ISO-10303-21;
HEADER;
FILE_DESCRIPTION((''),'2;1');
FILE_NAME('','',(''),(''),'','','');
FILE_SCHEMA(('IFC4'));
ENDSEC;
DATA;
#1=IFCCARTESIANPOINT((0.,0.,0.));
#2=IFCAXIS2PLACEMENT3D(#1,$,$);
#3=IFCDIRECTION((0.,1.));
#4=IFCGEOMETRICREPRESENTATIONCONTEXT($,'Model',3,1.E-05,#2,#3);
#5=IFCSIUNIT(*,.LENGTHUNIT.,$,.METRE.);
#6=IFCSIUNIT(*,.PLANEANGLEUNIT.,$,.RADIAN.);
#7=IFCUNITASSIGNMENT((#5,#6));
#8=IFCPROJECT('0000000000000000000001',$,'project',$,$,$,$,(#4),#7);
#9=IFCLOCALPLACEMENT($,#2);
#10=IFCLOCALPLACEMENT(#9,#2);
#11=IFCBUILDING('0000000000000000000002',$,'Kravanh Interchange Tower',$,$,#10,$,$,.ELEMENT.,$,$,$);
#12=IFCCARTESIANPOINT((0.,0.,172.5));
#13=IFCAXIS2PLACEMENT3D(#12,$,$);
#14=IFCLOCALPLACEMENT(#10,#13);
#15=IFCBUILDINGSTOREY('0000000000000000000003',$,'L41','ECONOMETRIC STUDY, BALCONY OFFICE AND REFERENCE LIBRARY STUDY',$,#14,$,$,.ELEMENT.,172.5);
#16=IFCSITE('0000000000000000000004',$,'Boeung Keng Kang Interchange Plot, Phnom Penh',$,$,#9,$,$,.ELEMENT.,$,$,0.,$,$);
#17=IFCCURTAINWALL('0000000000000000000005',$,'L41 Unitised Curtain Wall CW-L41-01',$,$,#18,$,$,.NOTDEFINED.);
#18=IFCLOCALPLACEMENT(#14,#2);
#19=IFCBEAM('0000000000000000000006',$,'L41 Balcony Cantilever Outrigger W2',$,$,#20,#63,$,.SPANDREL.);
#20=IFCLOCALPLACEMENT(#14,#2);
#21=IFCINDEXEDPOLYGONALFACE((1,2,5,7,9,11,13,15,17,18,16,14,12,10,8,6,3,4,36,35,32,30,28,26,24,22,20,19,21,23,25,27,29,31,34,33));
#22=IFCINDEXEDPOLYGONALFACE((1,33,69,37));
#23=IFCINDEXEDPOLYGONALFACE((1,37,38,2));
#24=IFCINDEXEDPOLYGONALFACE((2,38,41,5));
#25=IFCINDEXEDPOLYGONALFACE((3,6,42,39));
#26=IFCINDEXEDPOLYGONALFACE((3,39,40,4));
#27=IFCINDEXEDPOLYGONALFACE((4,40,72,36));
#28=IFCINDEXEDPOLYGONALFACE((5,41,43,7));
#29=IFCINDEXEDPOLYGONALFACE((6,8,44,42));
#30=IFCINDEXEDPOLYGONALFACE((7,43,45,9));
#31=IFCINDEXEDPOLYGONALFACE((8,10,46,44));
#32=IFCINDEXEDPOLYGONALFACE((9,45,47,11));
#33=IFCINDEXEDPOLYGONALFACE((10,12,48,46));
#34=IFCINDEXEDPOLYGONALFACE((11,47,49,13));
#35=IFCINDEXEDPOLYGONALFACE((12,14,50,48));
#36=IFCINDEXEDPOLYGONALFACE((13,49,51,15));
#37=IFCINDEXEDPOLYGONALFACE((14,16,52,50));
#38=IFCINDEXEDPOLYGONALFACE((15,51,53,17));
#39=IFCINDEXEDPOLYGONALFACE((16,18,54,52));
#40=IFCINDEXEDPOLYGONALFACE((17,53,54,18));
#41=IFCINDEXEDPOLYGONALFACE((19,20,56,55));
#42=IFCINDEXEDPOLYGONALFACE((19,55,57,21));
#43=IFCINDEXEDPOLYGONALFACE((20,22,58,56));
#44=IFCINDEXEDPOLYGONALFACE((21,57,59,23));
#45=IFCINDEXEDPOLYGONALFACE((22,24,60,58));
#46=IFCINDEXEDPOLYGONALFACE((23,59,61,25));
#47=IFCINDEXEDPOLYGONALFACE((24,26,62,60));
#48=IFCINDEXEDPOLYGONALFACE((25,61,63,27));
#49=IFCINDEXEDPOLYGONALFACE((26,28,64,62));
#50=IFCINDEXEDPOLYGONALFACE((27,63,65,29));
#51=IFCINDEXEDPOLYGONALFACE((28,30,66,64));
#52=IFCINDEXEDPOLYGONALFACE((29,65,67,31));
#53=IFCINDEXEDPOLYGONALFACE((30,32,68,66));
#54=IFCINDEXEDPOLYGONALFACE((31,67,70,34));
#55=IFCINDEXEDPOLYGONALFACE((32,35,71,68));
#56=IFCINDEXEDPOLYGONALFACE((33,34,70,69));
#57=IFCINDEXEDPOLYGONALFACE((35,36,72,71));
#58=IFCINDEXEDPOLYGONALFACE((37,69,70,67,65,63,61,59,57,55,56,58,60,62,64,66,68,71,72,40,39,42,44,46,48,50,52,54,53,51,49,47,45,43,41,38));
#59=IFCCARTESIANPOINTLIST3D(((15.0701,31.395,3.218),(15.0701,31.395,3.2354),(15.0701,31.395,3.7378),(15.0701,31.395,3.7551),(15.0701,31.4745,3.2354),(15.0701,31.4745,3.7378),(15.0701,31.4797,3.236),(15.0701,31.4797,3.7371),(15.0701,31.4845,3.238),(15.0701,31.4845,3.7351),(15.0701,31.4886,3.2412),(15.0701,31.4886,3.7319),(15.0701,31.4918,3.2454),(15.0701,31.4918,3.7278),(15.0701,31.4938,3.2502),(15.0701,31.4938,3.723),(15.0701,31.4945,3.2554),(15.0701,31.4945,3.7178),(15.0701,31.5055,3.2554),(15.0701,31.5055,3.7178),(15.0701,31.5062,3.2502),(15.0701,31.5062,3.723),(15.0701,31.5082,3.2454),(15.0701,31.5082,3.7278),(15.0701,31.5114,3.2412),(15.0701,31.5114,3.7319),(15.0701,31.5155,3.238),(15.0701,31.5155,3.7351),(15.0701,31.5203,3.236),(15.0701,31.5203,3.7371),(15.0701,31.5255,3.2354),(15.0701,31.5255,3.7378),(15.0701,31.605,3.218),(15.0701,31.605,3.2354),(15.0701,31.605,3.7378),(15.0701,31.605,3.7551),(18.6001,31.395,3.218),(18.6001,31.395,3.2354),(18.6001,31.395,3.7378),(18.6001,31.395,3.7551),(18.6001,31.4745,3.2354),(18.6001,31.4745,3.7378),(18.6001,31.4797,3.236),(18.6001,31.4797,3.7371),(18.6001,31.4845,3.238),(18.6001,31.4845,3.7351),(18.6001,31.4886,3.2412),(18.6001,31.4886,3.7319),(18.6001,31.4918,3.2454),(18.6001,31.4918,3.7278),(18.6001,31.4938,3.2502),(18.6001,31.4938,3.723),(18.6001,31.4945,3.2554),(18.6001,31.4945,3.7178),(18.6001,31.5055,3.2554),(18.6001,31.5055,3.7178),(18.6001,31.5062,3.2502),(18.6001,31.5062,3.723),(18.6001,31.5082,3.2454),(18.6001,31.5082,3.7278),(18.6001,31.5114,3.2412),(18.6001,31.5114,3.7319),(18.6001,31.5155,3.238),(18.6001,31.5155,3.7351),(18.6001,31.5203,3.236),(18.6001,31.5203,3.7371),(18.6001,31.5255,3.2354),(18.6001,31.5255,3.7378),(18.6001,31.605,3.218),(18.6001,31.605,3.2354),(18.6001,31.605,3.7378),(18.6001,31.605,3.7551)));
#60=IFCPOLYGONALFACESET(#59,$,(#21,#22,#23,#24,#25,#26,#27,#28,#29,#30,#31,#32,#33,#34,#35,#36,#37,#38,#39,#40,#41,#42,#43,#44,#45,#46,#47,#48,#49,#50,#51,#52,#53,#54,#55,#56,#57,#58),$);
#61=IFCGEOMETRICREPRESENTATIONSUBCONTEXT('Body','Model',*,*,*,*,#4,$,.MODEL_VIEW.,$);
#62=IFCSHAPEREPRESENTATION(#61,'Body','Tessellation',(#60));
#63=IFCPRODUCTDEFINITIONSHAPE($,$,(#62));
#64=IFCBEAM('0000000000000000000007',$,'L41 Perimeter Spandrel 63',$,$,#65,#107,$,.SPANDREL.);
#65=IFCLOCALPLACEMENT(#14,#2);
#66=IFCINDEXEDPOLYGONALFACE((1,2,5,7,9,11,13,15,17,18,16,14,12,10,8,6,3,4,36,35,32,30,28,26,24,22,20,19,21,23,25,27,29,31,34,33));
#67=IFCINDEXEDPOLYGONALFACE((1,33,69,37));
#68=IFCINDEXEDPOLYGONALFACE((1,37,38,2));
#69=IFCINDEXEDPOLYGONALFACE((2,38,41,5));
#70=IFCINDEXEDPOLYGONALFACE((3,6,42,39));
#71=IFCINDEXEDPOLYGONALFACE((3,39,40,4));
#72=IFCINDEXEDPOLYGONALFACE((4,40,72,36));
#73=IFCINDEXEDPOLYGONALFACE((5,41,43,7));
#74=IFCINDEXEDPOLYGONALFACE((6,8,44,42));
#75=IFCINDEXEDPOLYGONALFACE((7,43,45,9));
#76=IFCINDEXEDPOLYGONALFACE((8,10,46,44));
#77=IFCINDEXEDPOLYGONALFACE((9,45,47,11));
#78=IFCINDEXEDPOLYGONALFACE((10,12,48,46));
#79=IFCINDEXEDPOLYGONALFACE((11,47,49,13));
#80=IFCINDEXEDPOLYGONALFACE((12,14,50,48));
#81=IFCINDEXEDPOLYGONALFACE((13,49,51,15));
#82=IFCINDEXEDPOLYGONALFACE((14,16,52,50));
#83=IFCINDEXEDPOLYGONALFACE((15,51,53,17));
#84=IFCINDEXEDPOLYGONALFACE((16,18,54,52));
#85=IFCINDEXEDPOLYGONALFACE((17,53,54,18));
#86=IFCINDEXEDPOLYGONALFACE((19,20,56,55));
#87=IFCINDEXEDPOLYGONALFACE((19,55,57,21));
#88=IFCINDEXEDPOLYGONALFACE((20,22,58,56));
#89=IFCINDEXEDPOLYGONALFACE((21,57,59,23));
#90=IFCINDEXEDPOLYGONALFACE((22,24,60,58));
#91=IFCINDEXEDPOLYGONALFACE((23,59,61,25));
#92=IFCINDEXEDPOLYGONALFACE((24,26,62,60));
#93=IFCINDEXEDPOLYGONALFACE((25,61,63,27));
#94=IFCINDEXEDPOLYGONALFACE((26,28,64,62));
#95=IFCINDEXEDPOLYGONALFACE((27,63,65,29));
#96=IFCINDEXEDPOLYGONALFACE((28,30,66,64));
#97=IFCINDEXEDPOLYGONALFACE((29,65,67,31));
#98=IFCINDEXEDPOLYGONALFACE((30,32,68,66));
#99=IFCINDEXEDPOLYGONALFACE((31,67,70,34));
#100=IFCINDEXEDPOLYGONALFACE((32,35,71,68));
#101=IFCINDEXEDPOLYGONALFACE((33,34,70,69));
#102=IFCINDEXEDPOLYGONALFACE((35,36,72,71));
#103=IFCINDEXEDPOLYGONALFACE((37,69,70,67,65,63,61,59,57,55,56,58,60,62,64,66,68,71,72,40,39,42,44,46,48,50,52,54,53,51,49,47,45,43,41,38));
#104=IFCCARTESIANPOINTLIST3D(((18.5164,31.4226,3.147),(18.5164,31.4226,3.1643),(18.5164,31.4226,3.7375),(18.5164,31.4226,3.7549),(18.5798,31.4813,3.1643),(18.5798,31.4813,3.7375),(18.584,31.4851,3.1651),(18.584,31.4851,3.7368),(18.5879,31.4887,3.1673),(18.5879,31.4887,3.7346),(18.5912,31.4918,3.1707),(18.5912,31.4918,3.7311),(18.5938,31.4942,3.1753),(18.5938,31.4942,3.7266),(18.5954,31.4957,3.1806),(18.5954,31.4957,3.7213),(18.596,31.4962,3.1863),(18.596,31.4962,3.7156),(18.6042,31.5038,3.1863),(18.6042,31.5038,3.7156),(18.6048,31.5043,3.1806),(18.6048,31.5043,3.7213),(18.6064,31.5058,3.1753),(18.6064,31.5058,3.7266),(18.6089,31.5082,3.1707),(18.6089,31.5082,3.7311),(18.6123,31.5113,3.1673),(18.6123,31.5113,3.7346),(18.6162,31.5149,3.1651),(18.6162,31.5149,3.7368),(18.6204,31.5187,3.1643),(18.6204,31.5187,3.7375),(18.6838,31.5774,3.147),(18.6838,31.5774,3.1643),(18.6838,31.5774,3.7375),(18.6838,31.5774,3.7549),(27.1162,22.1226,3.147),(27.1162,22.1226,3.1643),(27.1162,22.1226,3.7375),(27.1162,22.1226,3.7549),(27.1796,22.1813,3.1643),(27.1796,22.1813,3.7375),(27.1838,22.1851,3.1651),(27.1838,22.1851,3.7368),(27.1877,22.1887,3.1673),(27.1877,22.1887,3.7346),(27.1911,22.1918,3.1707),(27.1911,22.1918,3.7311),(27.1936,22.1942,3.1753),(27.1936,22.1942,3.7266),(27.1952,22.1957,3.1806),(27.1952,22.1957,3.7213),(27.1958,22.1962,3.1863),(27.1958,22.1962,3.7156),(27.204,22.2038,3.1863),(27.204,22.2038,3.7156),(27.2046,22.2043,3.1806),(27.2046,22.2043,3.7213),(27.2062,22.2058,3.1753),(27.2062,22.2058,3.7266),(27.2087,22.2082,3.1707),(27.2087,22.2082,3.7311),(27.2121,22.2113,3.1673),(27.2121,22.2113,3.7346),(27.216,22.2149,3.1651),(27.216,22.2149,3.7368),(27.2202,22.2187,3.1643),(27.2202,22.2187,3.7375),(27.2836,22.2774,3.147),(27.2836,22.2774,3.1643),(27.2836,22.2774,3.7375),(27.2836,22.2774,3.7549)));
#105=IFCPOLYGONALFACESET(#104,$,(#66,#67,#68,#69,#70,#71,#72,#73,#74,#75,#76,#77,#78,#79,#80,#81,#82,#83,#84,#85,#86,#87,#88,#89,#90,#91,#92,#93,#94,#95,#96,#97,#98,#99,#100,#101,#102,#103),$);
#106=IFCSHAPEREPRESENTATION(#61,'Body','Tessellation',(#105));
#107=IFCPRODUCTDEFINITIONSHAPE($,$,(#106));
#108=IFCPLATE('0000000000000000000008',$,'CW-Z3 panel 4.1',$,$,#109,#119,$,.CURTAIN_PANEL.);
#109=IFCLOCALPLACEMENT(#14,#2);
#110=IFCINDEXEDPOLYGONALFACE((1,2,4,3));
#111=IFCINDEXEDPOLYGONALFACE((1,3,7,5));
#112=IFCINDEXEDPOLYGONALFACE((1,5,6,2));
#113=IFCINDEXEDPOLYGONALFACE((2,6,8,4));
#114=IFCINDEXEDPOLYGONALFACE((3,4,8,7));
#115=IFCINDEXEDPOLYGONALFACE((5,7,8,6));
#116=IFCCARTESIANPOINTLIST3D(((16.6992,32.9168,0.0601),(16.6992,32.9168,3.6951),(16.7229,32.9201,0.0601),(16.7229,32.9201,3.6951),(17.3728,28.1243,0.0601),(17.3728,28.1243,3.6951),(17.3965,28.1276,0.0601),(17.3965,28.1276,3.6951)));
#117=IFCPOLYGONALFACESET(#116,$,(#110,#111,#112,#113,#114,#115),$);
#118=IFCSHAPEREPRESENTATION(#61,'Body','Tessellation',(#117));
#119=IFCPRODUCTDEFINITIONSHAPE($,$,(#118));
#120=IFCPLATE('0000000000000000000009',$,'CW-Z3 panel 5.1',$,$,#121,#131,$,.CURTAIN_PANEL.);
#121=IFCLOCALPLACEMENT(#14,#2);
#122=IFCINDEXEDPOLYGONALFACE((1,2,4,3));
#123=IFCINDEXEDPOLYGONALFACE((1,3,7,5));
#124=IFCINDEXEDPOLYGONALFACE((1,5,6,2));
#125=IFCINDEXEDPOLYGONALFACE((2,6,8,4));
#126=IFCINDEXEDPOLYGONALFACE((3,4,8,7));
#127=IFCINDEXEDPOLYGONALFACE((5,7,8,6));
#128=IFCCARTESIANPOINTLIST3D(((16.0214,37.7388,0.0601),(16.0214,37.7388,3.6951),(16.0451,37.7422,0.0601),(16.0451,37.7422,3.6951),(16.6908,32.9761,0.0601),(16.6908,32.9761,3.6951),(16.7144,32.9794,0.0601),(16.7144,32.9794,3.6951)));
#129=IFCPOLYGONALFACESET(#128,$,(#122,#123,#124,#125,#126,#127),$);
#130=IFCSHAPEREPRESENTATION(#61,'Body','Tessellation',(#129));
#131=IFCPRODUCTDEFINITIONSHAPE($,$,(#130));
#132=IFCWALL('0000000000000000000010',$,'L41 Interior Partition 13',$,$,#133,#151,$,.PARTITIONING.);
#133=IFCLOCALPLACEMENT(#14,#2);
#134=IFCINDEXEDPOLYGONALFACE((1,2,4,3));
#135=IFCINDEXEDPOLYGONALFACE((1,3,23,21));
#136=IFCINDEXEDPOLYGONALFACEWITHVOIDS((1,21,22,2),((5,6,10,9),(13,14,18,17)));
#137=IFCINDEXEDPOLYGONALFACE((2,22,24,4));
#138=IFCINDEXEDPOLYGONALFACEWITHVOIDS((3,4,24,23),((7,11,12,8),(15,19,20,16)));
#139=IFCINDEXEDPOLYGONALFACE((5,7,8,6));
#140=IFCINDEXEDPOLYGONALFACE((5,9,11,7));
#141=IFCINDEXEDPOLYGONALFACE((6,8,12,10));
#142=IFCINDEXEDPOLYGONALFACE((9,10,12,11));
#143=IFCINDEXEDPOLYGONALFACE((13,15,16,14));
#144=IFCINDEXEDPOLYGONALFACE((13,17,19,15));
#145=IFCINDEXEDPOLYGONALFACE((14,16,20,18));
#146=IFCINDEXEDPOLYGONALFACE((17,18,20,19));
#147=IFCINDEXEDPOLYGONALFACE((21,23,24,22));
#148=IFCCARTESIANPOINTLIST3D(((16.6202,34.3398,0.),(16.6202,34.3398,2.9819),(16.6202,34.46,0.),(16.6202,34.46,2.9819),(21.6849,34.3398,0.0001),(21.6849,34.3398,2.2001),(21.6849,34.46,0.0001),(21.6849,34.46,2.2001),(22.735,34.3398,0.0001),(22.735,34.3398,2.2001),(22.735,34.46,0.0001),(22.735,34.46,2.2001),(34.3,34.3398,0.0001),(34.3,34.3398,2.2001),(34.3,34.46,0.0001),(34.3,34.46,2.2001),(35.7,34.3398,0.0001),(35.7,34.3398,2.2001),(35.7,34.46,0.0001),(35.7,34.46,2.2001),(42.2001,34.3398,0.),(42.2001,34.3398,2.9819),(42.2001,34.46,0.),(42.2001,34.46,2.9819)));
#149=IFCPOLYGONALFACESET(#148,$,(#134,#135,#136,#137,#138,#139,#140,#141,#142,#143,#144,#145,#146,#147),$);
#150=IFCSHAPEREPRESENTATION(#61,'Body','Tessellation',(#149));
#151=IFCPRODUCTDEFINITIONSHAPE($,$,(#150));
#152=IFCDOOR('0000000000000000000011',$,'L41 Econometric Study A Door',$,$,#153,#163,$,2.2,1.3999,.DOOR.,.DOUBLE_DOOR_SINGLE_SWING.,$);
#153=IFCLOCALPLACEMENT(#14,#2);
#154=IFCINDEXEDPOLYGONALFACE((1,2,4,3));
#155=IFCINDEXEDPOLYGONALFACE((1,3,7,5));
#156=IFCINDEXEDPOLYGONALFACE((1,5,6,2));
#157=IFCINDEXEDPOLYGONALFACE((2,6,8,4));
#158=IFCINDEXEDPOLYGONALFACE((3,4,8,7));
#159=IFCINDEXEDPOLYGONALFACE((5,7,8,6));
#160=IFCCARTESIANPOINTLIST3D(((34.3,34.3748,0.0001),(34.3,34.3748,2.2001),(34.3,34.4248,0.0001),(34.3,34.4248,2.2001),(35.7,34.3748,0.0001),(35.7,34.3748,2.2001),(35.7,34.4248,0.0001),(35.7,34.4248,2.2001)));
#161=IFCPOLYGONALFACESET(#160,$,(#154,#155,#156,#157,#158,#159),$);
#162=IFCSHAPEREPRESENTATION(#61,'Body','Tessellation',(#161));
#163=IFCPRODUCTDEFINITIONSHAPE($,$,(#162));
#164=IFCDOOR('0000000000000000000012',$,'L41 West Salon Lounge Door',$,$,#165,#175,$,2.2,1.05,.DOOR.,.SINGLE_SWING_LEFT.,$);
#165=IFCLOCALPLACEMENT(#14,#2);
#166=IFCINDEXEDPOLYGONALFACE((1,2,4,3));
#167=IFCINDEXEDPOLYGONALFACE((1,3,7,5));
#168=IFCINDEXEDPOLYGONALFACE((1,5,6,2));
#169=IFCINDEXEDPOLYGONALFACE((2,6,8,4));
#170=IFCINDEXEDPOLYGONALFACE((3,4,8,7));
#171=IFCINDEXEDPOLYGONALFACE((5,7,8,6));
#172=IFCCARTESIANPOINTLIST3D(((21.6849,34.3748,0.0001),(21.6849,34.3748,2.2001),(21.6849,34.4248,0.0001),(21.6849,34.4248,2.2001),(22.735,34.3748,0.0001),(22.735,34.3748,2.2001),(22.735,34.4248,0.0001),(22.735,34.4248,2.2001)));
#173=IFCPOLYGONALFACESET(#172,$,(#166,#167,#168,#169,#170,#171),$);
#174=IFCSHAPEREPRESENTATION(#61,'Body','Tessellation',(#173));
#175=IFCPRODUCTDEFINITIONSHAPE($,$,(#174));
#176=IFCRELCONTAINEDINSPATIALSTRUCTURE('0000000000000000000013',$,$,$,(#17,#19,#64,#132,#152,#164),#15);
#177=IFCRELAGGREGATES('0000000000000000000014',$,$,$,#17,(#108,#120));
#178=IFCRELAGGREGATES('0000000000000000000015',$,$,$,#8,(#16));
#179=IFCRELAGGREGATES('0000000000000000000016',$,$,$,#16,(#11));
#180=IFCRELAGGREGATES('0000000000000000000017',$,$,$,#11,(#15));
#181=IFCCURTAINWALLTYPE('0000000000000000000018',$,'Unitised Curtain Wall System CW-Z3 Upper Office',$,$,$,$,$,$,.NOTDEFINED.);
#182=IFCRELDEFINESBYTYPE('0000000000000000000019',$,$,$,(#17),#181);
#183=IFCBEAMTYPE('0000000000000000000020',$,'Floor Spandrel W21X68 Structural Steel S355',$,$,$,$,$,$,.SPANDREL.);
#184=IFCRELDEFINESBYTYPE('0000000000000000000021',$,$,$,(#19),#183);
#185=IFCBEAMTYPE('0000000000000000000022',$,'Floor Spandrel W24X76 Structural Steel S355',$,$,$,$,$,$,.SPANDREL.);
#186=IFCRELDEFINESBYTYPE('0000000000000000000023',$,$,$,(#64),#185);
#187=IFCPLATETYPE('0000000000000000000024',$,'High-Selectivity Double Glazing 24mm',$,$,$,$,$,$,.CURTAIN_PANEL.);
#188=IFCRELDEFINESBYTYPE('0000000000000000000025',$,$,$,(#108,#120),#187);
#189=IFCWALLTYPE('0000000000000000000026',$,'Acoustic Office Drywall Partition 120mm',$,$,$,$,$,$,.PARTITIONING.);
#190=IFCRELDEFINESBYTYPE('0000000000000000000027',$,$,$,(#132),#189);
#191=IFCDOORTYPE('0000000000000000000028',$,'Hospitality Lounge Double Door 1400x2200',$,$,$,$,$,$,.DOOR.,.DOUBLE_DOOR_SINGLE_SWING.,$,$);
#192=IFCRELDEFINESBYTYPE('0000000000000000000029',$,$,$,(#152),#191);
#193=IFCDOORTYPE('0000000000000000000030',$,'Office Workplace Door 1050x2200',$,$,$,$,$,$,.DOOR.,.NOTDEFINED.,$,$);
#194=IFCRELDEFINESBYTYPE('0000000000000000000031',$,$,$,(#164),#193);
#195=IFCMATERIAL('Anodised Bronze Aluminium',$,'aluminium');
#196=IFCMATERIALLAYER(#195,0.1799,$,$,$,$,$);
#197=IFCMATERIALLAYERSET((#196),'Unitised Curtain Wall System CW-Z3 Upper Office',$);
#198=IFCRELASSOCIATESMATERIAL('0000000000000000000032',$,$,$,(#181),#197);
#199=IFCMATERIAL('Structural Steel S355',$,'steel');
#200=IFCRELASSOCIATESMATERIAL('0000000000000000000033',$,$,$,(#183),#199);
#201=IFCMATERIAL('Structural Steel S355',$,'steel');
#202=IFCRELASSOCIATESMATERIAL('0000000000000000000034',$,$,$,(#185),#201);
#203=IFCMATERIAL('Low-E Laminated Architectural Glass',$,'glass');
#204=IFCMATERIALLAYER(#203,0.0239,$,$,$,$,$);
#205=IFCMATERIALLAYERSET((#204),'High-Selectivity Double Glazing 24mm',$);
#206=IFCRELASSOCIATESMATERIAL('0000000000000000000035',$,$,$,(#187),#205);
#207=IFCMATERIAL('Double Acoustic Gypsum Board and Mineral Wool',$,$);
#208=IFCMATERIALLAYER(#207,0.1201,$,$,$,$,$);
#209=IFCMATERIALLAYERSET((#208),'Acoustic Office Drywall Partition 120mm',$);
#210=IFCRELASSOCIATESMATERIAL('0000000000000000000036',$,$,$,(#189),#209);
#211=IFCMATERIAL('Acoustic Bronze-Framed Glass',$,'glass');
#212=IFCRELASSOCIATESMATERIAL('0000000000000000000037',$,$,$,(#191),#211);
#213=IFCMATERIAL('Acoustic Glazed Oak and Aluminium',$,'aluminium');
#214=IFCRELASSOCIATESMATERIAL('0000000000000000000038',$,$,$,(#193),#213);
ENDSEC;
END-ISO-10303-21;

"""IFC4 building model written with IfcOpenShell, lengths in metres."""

from ifc_helpers import new_model, si_unit, direction, frame, frame_2d, origin, origin_2d, place, context, subcontext, project, spatial, rectangle, i_section, extrude, material, layer, layer_set, material_profile, profile_set, type_object, element, fill, aggregate, save


model = new_model("IFC4")

# Units and contexts
model_context = context("Model", 3, precision=1e-05, world=origin(), true_north=direction((0.0, 1.0)))
body_context = subcontext(model_context, "Body", "Model", "MODEL_VIEW")
ifc_project = project(units=[si_unit("LENGTHUNIT", "METRE"), si_unit("PLANEANGLEUNIT", "RADIAN")], contexts=[model_context])

# Site, building, storey
site_placement = place(None, origin())
site = spatial("IfcSite", under=ifc_project, at=site_placement, Name="Boeung Keng Kang Interchange Plot, Phnom Penh", CompositionType="ELEMENT", RefElevation=0.0)
building_placement = place(site_placement, origin())
building = spatial("IfcBuilding", under=site, at=building_placement, Name="Kravanh Interchange Tower", CompositionType="ELEMENT")
storey_placement = place(building_placement, frame((0.0, 0.0, 172.5)))
storey = spatial("IfcBuildingStorey", under=building, at=storey_placement, Name="L41", Description="ECONOMETRIC STUDY, BALCONY OFFICE AND REFERENCE LIBRARY STUDY", CompositionType="ELEMENT", Elevation=172.5)

# Curtain wall
ifc_material_1 = material(Name="Anodised Bronze Aluminium", Category="aluminium")
ifc_layer_1 = layer(ifc_material_1, 0.1799)
ifc_layer_set_1 = layer_set([ifc_layer_1], Name="Unitised Curtain Wall System CW-Z3 Upper Office")
curtain_wall_type = type_object("IfcCurtainWallType", Name="Unitised Curtain Wall System CW-Z3 Upper Office", PredefinedType="NOTDEFINED", material=ifc_layer_set_1)
curtain_wall_placement = place(storey_placement, origin())
curtain_wall = element("IfcCurtainWall", 1, at=curtain_wall_placement, inside=storey, type_object=curtain_wall_type, Name="L41 Unitised Curtain Wall CW-L41-01", PredefinedType="NOTDEFINED")

# Beams
ifc_material_2 = material(Name="Structural Steel S355", Category="steel")
ifc_material_profile_1 = material_profile(ifc_material_2, i_section(OverallWidth=0.21, OverallDepth=0.5371, WebThickness=0.011, FlangeThickness=0.0173, FilletRadius=0.02, at=origin_2d()), Name="W21X68")
ifc_profile_set_1 = profile_set([ifc_material_profile_1], Name="Structural Steel S355")
beam_type_1 = type_object("IfcBeamType", Name="Floor Spandrel W21X68 Structural Steel S355", PredefinedType="SPANDREL", material=ifc_profile_set_1)
beam_1_placement = place(storey_placement, frame((18.6001, 31.5, 3.4866), z_axis=(-1.0, 0.0, 0.0), x_axis=(0.0, -1.0, 0.0)))
element("IfcBeam", 2, at=beam_1_placement, inside=storey, type_object=beam_type_1, Name="L41 Balcony Cantilever Outrigger W2", PredefinedType="SPANDREL", context=body_context, shape_type="SweptSolid", body=[
    extrude(i_section(OverallWidth=0.21, OverallDepth=0.5371, WebThickness=0.011, FlangeThickness=0.0173, FilletRadius=0.02, at=origin_2d()), origin(), (0.0, 0.0, 1.0), 3.53),
])
ifc_material_3 = material(Name="Structural Steel S355", Category="steel")
ifc_material_profile_2 = material_profile(ifc_material_3, i_section(OverallWidth=0.228, OverallDepth=0.6079, WebThickness=0.0112, FlangeThickness=0.0173, FilletRadius=0.022, at=origin_2d()), Name="W24X76")
ifc_profile_set_2 = profile_set([ifc_material_profile_2], Name="Structural Steel S355")
beam_type_2 = type_object("IfcBeamType", Name="Floor Spandrel W24X76 Structural Steel S355", PredefinedType="SPANDREL", material=ifc_profile_set_2)
beam_2_placement = place(storey_placement, frame((18.6001, 31.5, 3.4509), z_axis=(0.678927, -0.734205, 0.0), x_axis=(0.734205, 0.678927, 0.0)))
element("IfcBeam", 3, at=beam_2_placement, inside=storey, type_object=beam_type_2, Name="L41 Perimeter Spandrel 63", PredefinedType="SPANDREL", context=body_context, shape_type="SweptSolid", body=[
    extrude(i_section(OverallWidth=0.228, OverallDepth=0.6079, WebThickness=0.0112, FlangeThickness=0.0173, FilletRadius=0.022, at=origin_2d()), origin(), (0.0, 0.0, 1.0), 12.6667),
])

# Plates
ifc_material_4 = material(Name="Low-E Laminated Architectural Glass", Category="glass")
ifc_layer_2 = layer(ifc_material_4, 0.0239)
ifc_layer_set_2 = layer_set([ifc_layer_2], Name="High-Selectivity Double Glazing 24mm")
plate_type = type_object("IfcPlateType", Name="High-Selectivity Double Glazing 24mm", PredefinedType="CURTAIN_PANEL", material=ifc_layer_set_2)
plate_1_placement = place(storey_placement, frame((17.0479, 30.5222, 0.0601), z_axis=(0.0, 0.0, 1.0), x_axis=(-0.139172, 0.990268, 0.0)))
plate_1 = element("IfcPlate", 4, at=plate_1_placement, type_object=plate_type, Name="CW-Z3 panel 4.1", PredefinedType="CURTAIN_PANEL", context=body_context, shape_type="SweptSolid", body=[
    extrude(rectangle(XDim=4.8396, YDim=0.0239, at=origin_2d()), origin(), (0.0, 0.0, 1.0), 3.635),
])
plate_2_placement = place(storey_placement, frame((16.3679, 35.3591, 0.0601), z_axis=(0.0, 0.0, 1.0), x_axis=(-0.139172, 0.990268, 0.0)))
plate_2 = element("IfcPlate", 5, at=plate_2_placement, type_object=plate_type, Name="CW-Z3 panel 5.1", PredefinedType="CURTAIN_PANEL", context=body_context, shape_type="SweptSolid", body=[
    extrude(rectangle(XDim=4.8096, YDim=0.0239, at=origin_2d()), origin(), (0.0, 0.0, 1.0), 3.635),
])
aggregate(curtain_wall, [plate_1, plate_2])

# Wall, openings, doors
ifc_material_5 = material(Name="Double Acoustic Gypsum Board and Mineral Wool")
ifc_layer_3 = layer(ifc_material_5, 0.1201)
ifc_layer_set_3 = layer_set([ifc_layer_3], Name="Acoustic Office Drywall Partition 120mm")
wall_type = type_object("IfcWallType", Name="Acoustic Office Drywall Partition 120mm", PredefinedType="PARTITIONING", material=ifc_layer_set_3)
wall_1_placement = place(storey_placement, frame((16.6201, 34.3999, 0.0), z_axis=(0.0, 0.0, 1.0), x_axis=(1.0, 0.0, 0.0)))
wall_1 = element("IfcWall", 6, at=wall_1_placement, inside=storey, type_object=wall_type, Name="L41 Interior Partition 13", PredefinedType="PARTITIONING", context=body_context, shape_type="SweptSolid", body=[
    extrude(rectangle(XDim=25.5798, YDim=0.1201, at=frame_2d((12.79, 0.0))), origin(), (0.0, 0.0, 1.0), 2.9819),
])
opening_1_placement = place(wall_1_placement, frame((5.0649, 0.0, 0.0)))
opening_1 = element("IfcOpeningElement", 7, at=opening_1_placement, cuts=wall_1, PredefinedType="OPENING", context=body_context, shape_type="SweptSolid", body=[
    extrude(rectangle(XDim=1.05, YDim=2.2, at=frame_2d((0.5249, 1.1001))), frame((0.0, 0.0701, 0.0), z_axis=(0.0, -1.0, 0.0), x_axis=(1.0, 0.0, 0.0)), (0.0, 0.0, 1.0), 0.1401),
])
opening_2_placement = place(wall_1_placement, frame((17.6799, 0.0, 0.0)))
opening_2 = element("IfcOpeningElement", 8, at=opening_2_placement, cuts=wall_1, PredefinedType="OPENING", context=body_context, shape_type="SweptSolid", body=[
    extrude(rectangle(XDim=1.3999, YDim=2.2, at=frame_2d((0.7, 1.1001))), frame((0.0, 0.0701, 0.0), z_axis=(0.0, -1.0, 0.0), x_axis=(1.0, 0.0, 0.0)), (0.0, 0.0, 1.0), 0.1401),
])
ifc_material_6 = material(Name="Acoustic Bronze-Framed Glass", Category="glass")
door_type_1 = type_object("IfcDoorType", Name="Hospitality Lounge Double Door 1400x2200", OperationType="DOUBLE_DOOR_SINGLE_SWING", PredefinedType="DOOR", material=ifc_material_6)
door_1_placement = place(opening_2_placement, origin())
door_1 = element("IfcDoor", 9, at=door_1_placement, inside=storey, type_object=door_type_1, Name="L41 Econometric Study A Door", OperationType="DOUBLE_DOOR_SINGLE_SWING", OverallHeight=2.2, OverallWidth=1.3999, PredefinedType="DOOR", context=body_context, shape_type="SweptSolid", body=[
    extrude(rectangle(XDim=1.3999, YDim=2.2, at=frame_2d((0.7, 1.1001))), frame((0.0, 0.0249, 0.0), z_axis=(0.0, -1.0, 0.0), x_axis=(1.0, 0.0, 0.0)), (0.0, 0.0, 1.0), 0.05),
])
fill(opening_2, door_1)
ifc_material_7 = material(Name="Acoustic Glazed Oak and Aluminium", Category="aluminium")
door_type_2 = type_object("IfcDoorType", Name="Office Workplace Door 1050x2200", OperationType="NOTDEFINED", PredefinedType="DOOR", material=ifc_material_7)
door_2_placement = place(opening_1_placement, origin())
door_2 = element("IfcDoor", 10, at=door_2_placement, inside=storey, type_object=door_type_2, Name="L41 West Salon Lounge Door", OperationType="SINGLE_SWING_LEFT", OverallHeight=2.2, OverallWidth=1.05, PredefinedType="DOOR", context=body_context, shape_type="SweptSolid", body=[
    extrude(rectangle(XDim=1.05, YDim=2.2, at=frame_2d((0.5249, 1.1001))), frame((0.0, 0.0249, 0.0), z_axis=(0.0, -1.0, 0.0), x_axis=(1.0, 0.0, 0.0)), (0.0, 0.0, 1.0), 0.05),
])
fill(opening_1, door_2)

save(model, "model.ifc")
